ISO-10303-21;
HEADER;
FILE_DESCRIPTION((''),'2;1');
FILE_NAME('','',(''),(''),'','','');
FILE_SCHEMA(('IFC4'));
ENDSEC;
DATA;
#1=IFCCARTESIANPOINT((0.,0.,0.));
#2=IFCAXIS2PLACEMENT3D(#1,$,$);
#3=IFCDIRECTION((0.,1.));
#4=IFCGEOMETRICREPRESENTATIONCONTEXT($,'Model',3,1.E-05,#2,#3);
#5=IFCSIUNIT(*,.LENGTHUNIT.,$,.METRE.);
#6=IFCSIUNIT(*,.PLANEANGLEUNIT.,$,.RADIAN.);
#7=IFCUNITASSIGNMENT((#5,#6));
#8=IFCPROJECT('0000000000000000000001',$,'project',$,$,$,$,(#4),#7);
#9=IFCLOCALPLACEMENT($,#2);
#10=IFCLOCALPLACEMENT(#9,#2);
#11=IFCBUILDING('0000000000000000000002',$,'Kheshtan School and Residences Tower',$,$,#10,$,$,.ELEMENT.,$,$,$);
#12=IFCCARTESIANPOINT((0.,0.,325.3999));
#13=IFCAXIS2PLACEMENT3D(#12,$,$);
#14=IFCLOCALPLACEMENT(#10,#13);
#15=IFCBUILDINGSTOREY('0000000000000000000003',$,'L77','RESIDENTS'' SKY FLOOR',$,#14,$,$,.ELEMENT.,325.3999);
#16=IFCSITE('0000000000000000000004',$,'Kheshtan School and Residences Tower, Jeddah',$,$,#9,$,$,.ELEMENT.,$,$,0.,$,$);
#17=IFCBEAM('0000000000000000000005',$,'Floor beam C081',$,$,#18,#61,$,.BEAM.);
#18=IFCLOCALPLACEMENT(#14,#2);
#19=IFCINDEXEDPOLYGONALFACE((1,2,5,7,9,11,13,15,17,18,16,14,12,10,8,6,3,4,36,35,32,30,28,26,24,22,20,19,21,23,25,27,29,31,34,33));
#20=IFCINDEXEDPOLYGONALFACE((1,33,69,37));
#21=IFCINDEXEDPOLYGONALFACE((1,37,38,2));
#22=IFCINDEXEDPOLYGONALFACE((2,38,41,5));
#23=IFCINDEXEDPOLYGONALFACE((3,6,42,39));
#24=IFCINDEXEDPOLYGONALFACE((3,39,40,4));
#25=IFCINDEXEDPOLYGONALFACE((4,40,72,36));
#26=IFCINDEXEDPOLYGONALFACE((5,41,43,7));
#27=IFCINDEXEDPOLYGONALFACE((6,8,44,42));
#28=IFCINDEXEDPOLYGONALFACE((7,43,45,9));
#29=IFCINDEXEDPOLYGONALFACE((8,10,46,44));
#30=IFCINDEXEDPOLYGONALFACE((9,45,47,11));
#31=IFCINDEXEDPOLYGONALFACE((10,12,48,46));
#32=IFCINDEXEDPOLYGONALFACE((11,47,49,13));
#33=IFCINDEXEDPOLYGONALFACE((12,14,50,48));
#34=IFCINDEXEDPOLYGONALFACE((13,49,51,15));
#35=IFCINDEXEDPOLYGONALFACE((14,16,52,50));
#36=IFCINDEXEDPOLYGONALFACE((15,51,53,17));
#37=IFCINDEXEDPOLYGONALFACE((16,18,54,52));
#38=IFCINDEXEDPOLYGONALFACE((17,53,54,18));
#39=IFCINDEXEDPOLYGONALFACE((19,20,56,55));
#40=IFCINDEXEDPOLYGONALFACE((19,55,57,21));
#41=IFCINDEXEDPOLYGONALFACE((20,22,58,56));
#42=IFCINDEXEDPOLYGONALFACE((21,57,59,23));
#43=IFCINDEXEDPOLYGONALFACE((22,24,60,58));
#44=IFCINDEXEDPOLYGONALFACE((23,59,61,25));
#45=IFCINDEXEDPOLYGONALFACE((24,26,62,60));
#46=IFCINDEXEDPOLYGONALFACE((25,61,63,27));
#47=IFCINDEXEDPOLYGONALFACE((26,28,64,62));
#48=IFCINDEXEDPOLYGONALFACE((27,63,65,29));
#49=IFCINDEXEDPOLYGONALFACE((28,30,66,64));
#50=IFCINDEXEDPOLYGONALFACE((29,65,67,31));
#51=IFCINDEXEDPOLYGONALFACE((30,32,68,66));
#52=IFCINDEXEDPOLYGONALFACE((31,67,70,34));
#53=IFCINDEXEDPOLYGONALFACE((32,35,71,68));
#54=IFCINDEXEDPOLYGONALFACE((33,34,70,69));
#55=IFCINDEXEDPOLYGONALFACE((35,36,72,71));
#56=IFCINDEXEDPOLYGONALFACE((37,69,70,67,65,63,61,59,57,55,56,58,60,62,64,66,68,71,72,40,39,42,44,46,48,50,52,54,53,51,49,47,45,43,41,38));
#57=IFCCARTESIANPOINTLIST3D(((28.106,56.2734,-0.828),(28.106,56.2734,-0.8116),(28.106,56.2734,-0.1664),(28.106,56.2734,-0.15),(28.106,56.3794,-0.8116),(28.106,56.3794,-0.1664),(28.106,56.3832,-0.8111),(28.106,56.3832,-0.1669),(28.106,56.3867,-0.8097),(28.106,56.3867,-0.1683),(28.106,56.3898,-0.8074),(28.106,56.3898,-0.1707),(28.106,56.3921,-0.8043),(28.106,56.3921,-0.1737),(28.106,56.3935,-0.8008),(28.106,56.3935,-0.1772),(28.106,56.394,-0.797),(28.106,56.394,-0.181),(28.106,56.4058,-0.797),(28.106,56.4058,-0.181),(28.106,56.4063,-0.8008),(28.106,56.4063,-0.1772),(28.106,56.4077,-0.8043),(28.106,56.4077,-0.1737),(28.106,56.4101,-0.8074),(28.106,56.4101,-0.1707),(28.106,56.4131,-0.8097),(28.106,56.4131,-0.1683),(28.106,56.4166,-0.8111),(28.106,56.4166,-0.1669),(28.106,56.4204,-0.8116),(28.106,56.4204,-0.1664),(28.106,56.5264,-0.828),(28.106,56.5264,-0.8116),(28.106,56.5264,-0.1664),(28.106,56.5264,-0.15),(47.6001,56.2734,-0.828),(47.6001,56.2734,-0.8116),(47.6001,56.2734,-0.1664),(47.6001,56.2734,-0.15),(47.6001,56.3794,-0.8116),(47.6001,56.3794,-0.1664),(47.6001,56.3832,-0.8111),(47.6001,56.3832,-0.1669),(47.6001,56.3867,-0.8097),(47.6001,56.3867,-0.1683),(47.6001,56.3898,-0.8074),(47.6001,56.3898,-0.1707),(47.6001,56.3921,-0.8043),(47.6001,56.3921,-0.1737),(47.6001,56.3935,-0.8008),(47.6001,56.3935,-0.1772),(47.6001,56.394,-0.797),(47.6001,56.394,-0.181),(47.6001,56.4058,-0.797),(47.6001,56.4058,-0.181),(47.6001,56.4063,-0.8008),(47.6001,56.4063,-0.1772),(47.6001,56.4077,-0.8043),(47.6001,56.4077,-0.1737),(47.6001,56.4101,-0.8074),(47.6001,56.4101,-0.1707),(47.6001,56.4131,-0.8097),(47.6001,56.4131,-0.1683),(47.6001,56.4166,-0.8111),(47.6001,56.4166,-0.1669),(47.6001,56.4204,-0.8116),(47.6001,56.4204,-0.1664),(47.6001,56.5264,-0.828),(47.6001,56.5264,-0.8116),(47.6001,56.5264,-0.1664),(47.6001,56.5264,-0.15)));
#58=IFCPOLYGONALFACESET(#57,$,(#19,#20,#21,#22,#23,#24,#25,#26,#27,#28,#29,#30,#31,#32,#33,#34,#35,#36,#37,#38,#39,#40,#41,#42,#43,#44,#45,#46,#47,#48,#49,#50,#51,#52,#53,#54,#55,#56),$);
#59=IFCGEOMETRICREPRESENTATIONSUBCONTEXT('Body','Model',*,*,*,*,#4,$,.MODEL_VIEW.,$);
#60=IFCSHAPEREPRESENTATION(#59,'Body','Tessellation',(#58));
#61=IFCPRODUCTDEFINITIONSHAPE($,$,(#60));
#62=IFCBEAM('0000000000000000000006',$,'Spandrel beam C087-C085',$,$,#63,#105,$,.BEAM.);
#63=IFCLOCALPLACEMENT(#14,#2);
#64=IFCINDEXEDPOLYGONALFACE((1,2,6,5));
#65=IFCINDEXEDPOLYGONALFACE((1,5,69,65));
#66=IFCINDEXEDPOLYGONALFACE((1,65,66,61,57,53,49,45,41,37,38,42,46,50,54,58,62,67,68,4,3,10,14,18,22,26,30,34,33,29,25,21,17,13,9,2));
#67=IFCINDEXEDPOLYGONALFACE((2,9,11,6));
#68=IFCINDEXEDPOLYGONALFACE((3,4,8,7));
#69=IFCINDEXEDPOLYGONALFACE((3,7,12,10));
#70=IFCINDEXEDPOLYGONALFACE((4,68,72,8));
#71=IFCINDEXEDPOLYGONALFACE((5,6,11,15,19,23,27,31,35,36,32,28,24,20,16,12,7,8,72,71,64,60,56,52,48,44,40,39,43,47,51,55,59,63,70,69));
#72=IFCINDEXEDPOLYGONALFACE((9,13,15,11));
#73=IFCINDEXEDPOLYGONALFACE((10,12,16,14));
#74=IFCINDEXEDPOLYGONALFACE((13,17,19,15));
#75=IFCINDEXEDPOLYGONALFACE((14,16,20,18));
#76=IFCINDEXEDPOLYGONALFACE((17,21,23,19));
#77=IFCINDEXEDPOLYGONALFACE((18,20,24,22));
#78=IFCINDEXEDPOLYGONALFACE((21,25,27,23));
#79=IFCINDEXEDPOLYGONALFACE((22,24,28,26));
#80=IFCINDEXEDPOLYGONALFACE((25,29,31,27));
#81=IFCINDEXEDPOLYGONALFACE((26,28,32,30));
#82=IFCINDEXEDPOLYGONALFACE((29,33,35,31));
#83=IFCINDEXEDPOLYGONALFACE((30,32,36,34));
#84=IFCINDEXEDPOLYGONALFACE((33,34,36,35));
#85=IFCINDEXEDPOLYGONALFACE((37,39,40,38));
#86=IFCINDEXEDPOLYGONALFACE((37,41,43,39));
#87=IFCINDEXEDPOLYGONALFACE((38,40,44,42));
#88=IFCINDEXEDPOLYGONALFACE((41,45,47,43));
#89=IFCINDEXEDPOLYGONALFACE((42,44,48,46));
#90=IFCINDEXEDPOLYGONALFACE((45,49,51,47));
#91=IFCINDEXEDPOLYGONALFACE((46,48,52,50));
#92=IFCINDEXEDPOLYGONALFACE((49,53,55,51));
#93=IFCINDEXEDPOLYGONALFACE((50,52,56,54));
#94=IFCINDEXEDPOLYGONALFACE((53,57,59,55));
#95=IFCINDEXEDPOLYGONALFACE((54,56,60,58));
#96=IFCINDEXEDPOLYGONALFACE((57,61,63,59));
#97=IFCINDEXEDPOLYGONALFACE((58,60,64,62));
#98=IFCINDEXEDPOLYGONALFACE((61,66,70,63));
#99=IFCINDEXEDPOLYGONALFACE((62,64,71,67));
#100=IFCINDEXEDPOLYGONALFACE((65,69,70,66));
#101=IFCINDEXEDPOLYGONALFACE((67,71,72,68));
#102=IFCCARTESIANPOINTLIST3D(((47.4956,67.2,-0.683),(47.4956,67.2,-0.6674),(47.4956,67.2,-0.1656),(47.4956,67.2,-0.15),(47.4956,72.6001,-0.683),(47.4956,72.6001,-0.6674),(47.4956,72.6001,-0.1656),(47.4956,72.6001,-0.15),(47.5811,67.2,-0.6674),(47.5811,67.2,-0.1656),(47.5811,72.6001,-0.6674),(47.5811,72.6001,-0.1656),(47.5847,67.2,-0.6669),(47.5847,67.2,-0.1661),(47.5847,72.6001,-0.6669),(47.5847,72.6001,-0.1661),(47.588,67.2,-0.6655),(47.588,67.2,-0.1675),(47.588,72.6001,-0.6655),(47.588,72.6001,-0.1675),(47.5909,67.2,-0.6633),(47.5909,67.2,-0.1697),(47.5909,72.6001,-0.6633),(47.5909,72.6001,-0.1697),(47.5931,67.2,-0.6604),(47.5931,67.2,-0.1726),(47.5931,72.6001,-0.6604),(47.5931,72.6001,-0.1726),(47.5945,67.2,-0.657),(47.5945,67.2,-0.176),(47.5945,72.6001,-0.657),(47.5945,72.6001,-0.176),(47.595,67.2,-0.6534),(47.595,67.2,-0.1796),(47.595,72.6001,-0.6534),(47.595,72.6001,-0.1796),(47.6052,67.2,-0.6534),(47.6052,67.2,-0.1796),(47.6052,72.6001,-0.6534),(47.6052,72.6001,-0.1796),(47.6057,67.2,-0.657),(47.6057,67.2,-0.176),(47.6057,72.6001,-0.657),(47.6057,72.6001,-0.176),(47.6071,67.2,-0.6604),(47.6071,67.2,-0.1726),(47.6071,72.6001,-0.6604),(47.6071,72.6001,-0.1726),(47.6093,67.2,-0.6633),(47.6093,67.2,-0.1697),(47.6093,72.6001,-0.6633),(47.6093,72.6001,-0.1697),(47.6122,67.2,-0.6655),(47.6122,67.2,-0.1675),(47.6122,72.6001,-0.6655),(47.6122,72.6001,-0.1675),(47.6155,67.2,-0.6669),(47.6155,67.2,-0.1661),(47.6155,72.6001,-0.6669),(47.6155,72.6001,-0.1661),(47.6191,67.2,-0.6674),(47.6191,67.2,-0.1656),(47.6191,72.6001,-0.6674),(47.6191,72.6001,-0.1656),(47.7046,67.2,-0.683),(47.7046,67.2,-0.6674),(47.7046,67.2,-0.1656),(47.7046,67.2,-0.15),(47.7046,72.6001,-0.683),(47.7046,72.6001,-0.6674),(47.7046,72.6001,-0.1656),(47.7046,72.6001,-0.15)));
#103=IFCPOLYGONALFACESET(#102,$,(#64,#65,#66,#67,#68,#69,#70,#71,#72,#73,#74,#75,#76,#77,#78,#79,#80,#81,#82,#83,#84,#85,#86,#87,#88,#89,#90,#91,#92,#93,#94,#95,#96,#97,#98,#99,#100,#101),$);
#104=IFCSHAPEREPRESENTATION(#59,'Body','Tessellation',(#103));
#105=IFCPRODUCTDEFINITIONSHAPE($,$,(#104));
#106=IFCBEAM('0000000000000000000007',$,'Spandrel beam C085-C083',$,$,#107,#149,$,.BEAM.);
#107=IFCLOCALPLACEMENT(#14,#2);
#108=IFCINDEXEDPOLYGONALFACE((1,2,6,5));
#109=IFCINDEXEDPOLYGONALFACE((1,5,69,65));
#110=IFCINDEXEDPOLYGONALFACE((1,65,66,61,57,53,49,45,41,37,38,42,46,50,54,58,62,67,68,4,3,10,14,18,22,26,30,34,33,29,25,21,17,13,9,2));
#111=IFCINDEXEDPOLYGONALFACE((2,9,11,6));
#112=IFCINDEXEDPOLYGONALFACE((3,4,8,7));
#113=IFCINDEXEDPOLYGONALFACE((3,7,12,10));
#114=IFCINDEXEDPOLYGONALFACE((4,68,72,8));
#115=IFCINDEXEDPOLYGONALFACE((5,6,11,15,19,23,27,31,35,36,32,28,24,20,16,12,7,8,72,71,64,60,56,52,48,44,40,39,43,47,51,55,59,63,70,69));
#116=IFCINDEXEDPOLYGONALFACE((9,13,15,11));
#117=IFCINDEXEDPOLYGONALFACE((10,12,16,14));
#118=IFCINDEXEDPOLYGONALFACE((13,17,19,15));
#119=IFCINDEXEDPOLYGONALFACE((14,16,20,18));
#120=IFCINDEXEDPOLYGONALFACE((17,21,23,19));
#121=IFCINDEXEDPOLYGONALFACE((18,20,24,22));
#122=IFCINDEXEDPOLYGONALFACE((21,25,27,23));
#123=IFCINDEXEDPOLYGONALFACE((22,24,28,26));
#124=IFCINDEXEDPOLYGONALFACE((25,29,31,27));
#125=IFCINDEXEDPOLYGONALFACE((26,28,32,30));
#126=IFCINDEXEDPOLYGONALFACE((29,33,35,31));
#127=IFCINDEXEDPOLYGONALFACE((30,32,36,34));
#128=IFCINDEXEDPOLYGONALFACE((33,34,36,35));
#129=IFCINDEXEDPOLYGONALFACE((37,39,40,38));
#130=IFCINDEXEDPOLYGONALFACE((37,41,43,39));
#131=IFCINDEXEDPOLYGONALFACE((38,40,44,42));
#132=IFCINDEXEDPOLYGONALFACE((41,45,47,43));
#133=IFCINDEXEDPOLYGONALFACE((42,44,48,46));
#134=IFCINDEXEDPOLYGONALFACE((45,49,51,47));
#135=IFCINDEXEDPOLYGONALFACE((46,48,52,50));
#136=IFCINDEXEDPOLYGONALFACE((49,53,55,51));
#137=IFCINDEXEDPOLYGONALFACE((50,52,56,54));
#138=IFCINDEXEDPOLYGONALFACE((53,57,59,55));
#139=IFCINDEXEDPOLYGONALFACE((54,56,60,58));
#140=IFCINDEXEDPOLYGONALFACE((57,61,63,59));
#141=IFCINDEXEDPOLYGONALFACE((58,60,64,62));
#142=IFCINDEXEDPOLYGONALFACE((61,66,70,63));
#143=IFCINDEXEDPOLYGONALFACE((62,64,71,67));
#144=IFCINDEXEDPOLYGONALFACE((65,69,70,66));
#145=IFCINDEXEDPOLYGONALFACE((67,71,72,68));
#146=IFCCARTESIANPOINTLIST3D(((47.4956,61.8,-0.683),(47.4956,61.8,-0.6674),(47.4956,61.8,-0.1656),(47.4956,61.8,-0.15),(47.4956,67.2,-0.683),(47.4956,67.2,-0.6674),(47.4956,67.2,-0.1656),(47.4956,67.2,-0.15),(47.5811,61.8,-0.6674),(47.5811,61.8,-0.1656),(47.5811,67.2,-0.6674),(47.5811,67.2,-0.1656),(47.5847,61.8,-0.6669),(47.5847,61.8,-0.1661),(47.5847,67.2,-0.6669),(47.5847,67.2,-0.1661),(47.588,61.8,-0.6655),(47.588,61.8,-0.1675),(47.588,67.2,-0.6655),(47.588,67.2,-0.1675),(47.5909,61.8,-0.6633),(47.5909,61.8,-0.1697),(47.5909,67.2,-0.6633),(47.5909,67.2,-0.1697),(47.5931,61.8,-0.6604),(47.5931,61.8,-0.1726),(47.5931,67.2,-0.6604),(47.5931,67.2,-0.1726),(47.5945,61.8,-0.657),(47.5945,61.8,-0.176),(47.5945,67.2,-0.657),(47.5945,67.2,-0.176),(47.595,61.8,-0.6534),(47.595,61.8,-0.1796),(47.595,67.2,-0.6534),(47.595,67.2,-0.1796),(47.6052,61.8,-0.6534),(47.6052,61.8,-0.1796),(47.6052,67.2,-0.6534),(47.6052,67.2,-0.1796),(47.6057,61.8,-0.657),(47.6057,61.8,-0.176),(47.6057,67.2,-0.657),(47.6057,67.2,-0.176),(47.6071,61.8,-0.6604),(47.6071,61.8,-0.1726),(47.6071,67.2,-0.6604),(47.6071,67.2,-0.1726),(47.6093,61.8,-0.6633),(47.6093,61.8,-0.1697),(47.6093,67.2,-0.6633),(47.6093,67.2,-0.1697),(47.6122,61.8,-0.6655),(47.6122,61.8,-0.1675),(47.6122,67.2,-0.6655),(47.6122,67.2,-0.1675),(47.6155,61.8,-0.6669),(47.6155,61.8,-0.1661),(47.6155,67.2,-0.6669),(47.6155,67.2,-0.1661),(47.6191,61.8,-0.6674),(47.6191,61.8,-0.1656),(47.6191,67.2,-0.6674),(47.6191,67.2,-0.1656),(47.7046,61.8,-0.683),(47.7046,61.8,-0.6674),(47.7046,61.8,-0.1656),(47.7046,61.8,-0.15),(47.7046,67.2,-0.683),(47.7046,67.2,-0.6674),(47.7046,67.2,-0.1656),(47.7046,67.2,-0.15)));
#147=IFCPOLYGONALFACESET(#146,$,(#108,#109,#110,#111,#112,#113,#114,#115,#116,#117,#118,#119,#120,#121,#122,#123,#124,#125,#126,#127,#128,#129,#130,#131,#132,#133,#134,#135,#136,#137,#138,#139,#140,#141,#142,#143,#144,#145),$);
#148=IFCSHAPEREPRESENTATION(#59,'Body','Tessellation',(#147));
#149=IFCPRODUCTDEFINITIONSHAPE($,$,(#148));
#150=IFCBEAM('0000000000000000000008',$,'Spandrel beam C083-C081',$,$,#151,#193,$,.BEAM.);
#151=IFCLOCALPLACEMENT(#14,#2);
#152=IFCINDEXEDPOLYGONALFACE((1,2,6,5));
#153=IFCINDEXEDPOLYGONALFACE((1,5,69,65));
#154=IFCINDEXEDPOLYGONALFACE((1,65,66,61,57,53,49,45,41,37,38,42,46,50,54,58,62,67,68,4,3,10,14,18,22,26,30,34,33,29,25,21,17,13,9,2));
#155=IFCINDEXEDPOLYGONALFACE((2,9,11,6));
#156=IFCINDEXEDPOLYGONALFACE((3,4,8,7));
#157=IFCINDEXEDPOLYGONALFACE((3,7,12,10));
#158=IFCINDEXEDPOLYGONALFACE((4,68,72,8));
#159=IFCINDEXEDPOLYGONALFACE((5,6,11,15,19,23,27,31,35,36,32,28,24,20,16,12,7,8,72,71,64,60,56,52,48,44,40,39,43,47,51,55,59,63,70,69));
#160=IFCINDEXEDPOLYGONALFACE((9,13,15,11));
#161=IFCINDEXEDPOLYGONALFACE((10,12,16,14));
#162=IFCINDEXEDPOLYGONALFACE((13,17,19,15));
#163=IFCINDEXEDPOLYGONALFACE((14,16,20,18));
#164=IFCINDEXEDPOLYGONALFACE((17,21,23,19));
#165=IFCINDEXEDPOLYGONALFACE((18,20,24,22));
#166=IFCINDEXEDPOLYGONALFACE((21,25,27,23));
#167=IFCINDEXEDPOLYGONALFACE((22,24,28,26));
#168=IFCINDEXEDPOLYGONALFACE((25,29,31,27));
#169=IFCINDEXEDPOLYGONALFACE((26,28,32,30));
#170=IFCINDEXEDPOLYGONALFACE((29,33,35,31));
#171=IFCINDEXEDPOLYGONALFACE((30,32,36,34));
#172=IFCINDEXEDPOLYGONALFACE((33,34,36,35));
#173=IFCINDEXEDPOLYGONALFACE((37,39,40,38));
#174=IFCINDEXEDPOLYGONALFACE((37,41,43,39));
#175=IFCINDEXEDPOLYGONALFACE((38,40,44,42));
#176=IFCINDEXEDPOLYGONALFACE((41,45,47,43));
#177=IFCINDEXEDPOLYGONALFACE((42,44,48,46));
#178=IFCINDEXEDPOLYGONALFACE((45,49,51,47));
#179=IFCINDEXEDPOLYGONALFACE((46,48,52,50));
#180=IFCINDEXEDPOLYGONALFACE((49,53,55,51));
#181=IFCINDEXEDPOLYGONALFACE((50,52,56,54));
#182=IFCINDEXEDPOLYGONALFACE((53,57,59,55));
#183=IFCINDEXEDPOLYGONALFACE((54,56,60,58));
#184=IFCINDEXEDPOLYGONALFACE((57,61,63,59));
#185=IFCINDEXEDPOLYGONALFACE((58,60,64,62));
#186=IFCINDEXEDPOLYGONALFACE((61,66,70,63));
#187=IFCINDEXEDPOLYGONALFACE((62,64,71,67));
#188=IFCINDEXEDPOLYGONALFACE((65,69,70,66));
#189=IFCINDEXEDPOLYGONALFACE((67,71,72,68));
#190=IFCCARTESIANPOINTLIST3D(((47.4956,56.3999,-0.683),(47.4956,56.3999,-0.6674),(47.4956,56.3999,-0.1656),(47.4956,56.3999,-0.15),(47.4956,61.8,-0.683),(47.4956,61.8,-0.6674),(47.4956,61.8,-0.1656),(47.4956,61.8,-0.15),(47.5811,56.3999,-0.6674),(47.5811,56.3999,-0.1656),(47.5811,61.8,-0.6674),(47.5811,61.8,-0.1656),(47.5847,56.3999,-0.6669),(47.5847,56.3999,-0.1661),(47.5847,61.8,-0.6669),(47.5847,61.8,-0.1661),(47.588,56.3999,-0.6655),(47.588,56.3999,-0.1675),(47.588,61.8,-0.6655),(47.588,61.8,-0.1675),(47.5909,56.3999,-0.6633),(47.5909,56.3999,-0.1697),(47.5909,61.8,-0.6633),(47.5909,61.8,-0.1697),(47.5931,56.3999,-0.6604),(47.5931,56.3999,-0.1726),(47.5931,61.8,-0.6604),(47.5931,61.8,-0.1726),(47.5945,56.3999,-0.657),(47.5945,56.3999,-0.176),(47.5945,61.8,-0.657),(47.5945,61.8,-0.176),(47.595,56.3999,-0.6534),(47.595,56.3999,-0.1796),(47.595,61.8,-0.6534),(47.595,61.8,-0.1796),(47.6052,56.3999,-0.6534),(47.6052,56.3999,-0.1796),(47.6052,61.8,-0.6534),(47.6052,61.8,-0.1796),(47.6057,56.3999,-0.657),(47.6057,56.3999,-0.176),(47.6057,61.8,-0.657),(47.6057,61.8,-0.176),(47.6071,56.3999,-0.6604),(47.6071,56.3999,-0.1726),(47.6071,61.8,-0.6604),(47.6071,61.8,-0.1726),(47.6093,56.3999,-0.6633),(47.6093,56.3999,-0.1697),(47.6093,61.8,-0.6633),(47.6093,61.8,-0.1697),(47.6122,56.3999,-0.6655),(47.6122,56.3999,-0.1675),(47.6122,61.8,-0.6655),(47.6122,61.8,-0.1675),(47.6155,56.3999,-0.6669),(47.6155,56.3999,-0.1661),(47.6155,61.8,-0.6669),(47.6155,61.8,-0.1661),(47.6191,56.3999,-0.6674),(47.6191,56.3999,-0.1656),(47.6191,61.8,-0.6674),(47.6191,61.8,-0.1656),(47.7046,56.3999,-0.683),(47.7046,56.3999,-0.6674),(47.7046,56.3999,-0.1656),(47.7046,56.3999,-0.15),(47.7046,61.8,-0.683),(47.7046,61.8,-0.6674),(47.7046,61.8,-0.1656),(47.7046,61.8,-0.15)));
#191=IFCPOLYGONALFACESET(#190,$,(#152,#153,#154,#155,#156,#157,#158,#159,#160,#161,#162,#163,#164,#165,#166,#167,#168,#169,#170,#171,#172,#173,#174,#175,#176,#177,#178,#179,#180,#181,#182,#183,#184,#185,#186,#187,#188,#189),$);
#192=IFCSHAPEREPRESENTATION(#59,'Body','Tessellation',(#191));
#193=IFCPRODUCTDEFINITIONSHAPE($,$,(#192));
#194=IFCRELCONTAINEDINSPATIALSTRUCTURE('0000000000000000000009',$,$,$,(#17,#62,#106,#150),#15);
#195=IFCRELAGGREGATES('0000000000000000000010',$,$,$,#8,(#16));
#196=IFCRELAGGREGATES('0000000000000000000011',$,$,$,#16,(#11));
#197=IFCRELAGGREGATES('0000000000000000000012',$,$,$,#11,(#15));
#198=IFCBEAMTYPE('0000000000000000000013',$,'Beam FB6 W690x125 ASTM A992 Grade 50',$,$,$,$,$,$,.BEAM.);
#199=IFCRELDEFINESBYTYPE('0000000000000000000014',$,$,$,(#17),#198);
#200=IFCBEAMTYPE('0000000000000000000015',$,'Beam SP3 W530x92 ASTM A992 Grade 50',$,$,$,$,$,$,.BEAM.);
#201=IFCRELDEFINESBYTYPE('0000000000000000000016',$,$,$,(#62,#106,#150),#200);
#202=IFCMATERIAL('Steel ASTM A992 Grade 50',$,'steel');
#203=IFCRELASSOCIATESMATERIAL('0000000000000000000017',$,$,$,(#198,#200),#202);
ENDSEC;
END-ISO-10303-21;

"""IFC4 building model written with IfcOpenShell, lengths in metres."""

from ifc_helpers import new_model, si_unit, direction, frame, origin, origin_2d, place, context, subcontext, project, spatial, i_section, extrude, material, material_profile, profile_set, type_object, element, save


model = new_model("IFC4")

# Units and contexts
model_context = context("Model", 3, precision=1e-05, world=origin(), true_north=direction((0.0, 1.0)))
body_context = subcontext(model_context, "Body", "Model", "MODEL_VIEW")
ifc_project = project(units=[si_unit("LENGTHUNIT", "METRE"), si_unit("PLANEANGLEUNIT", "RADIAN")], contexts=[model_context])

# Site, building, storey
site_placement = place(None, origin())
site = spatial("IfcSite", under=ifc_project, at=site_placement, Name="Kheshtan School and Residences Tower, Jeddah", CompositionType="ELEMENT", RefElevation=0.0)
building_placement = place(site_placement, origin())
building = spatial("IfcBuilding", under=site, at=building_placement, Name="Kheshtan School and Residences Tower", CompositionType="ELEMENT")
storey_placement = place(building_placement, frame((0.0, 0.0, 325.3999)))
storey = spatial("IfcBuildingStorey", under=building, at=storey_placement, Name="L77", Description="RESIDENTS' SKY FLOOR", CompositionType="ELEMENT", Elevation=325.3999)

# Shared definitions
ifc_material_1 = material(Name="Steel ASTM A992 Grade 50", Category="steel")

# Beams
ifc_material_profile_1 = material_profile(ifc_material_1, i_section(OverallWidth=0.2529, OverallDepth=0.678, WebThickness=0.0117, FlangeThickness=0.0164, FilletRadius=0.0146, at=origin_2d()), Name="W690x125")
ifc_profile_set_1 = profile_set([ifc_material_profile_1], Name="Steel ASTM A992 Grade 50")
beam_type_1 = type_object("IfcBeamType", Name="Beam FB6 W690x125 ASTM A992 Grade 50", PredefinedType="BEAM", material=ifc_profile_set_1)
beam_1_placement = place(storey_placement, frame((47.6001, 56.3999, -0.489), z_axis=(-1.0, 0.0, 0.0), x_axis=(0.0, -1.0, 0.0)))
element("IfcBeam", 1, at=beam_1_placement, inside=storey, type_object=beam_type_1, Name="Floor beam C081", PredefinedType="BEAM", context=body_context, shape_type="SweptSolid", body=[
    extrude(i_section(OverallWidth=0.2529, OverallDepth=0.678, WebThickness=0.0117, FlangeThickness=0.0164, FilletRadius=0.0146, at=origin_2d()), origin(), (0.0, 0.0, 1.0), 19.4941),
])
ifc_material_profile_2 = material_profile(ifc_material_1, i_section(OverallWidth=0.209, OverallDepth=0.533, WebThickness=0.0103, FlangeThickness=0.0156, FilletRadius=0.0139, at=origin_2d()), Name="W530x92")
ifc_profile_set_2 = profile_set([ifc_material_profile_2], Name="Steel ASTM A992 Grade 50")
beam_type_2 = type_object("IfcBeamType", Name="Beam SP3 W530x92 ASTM A992 Grade 50", PredefinedType="BEAM", material=ifc_profile_set_2)
beam_2_placement = place(storey_placement, frame((47.6001, 72.6001, -0.4165), z_axis=(0.0, -1.0, 0.0), x_axis=(1.0, 0.0, 0.0)))
element("IfcBeam", 2, at=beam_2_placement, inside=storey, type_object=beam_type_2, Name="Spandrel beam C087-C085", PredefinedType="BEAM", context=body_context, shape_type="SweptSolid", body=[
    extrude(i_section(OverallWidth=0.209, OverallDepth=0.533, WebThickness=0.0103, FlangeThickness=0.0156, FilletRadius=0.0139, at=origin_2d()), origin(), (0.0, 0.0, 1.0), 5.4001),
])
beam_3_placement = place(storey_placement, frame((47.6001, 67.2, -0.4165), z_axis=(0.0, -1.0, 0.0), x_axis=(1.0, 0.0, 0.0)))
element("IfcBeam", 3, at=beam_3_placement, inside=storey, type_object=beam_type_2, Name="Spandrel beam C085-C083", PredefinedType="BEAM", context=body_context, shape_type="SweptSolid", body=[
    extrude(i_section(OverallWidth=0.209, OverallDepth=0.533, WebThickness=0.0103, FlangeThickness=0.0156, FilletRadius=0.0139, at=origin_2d()), origin(), (0.0, 0.0, 1.0), 5.3999),
])
beam_4_placement = place(storey_placement, frame((47.6001, 61.8, -0.4165), z_axis=(0.0, -1.0, 0.0), x_axis=(1.0, 0.0, 0.0)))
element("IfcBeam", 4, at=beam_4_placement, inside=storey, type_object=beam_type_2, Name="Spandrel beam C083-C081", PredefinedType="BEAM", context=body_context, shape_type="SweptSolid", body=[
    extrude(i_section(OverallWidth=0.209, OverallDepth=0.533, WebThickness=0.0103, FlangeThickness=0.0156, FilletRadius=0.0139, at=origin_2d()), origin(), (0.0, 0.0, 1.0), 5.4001),
])

save(model, "model.ifc")
